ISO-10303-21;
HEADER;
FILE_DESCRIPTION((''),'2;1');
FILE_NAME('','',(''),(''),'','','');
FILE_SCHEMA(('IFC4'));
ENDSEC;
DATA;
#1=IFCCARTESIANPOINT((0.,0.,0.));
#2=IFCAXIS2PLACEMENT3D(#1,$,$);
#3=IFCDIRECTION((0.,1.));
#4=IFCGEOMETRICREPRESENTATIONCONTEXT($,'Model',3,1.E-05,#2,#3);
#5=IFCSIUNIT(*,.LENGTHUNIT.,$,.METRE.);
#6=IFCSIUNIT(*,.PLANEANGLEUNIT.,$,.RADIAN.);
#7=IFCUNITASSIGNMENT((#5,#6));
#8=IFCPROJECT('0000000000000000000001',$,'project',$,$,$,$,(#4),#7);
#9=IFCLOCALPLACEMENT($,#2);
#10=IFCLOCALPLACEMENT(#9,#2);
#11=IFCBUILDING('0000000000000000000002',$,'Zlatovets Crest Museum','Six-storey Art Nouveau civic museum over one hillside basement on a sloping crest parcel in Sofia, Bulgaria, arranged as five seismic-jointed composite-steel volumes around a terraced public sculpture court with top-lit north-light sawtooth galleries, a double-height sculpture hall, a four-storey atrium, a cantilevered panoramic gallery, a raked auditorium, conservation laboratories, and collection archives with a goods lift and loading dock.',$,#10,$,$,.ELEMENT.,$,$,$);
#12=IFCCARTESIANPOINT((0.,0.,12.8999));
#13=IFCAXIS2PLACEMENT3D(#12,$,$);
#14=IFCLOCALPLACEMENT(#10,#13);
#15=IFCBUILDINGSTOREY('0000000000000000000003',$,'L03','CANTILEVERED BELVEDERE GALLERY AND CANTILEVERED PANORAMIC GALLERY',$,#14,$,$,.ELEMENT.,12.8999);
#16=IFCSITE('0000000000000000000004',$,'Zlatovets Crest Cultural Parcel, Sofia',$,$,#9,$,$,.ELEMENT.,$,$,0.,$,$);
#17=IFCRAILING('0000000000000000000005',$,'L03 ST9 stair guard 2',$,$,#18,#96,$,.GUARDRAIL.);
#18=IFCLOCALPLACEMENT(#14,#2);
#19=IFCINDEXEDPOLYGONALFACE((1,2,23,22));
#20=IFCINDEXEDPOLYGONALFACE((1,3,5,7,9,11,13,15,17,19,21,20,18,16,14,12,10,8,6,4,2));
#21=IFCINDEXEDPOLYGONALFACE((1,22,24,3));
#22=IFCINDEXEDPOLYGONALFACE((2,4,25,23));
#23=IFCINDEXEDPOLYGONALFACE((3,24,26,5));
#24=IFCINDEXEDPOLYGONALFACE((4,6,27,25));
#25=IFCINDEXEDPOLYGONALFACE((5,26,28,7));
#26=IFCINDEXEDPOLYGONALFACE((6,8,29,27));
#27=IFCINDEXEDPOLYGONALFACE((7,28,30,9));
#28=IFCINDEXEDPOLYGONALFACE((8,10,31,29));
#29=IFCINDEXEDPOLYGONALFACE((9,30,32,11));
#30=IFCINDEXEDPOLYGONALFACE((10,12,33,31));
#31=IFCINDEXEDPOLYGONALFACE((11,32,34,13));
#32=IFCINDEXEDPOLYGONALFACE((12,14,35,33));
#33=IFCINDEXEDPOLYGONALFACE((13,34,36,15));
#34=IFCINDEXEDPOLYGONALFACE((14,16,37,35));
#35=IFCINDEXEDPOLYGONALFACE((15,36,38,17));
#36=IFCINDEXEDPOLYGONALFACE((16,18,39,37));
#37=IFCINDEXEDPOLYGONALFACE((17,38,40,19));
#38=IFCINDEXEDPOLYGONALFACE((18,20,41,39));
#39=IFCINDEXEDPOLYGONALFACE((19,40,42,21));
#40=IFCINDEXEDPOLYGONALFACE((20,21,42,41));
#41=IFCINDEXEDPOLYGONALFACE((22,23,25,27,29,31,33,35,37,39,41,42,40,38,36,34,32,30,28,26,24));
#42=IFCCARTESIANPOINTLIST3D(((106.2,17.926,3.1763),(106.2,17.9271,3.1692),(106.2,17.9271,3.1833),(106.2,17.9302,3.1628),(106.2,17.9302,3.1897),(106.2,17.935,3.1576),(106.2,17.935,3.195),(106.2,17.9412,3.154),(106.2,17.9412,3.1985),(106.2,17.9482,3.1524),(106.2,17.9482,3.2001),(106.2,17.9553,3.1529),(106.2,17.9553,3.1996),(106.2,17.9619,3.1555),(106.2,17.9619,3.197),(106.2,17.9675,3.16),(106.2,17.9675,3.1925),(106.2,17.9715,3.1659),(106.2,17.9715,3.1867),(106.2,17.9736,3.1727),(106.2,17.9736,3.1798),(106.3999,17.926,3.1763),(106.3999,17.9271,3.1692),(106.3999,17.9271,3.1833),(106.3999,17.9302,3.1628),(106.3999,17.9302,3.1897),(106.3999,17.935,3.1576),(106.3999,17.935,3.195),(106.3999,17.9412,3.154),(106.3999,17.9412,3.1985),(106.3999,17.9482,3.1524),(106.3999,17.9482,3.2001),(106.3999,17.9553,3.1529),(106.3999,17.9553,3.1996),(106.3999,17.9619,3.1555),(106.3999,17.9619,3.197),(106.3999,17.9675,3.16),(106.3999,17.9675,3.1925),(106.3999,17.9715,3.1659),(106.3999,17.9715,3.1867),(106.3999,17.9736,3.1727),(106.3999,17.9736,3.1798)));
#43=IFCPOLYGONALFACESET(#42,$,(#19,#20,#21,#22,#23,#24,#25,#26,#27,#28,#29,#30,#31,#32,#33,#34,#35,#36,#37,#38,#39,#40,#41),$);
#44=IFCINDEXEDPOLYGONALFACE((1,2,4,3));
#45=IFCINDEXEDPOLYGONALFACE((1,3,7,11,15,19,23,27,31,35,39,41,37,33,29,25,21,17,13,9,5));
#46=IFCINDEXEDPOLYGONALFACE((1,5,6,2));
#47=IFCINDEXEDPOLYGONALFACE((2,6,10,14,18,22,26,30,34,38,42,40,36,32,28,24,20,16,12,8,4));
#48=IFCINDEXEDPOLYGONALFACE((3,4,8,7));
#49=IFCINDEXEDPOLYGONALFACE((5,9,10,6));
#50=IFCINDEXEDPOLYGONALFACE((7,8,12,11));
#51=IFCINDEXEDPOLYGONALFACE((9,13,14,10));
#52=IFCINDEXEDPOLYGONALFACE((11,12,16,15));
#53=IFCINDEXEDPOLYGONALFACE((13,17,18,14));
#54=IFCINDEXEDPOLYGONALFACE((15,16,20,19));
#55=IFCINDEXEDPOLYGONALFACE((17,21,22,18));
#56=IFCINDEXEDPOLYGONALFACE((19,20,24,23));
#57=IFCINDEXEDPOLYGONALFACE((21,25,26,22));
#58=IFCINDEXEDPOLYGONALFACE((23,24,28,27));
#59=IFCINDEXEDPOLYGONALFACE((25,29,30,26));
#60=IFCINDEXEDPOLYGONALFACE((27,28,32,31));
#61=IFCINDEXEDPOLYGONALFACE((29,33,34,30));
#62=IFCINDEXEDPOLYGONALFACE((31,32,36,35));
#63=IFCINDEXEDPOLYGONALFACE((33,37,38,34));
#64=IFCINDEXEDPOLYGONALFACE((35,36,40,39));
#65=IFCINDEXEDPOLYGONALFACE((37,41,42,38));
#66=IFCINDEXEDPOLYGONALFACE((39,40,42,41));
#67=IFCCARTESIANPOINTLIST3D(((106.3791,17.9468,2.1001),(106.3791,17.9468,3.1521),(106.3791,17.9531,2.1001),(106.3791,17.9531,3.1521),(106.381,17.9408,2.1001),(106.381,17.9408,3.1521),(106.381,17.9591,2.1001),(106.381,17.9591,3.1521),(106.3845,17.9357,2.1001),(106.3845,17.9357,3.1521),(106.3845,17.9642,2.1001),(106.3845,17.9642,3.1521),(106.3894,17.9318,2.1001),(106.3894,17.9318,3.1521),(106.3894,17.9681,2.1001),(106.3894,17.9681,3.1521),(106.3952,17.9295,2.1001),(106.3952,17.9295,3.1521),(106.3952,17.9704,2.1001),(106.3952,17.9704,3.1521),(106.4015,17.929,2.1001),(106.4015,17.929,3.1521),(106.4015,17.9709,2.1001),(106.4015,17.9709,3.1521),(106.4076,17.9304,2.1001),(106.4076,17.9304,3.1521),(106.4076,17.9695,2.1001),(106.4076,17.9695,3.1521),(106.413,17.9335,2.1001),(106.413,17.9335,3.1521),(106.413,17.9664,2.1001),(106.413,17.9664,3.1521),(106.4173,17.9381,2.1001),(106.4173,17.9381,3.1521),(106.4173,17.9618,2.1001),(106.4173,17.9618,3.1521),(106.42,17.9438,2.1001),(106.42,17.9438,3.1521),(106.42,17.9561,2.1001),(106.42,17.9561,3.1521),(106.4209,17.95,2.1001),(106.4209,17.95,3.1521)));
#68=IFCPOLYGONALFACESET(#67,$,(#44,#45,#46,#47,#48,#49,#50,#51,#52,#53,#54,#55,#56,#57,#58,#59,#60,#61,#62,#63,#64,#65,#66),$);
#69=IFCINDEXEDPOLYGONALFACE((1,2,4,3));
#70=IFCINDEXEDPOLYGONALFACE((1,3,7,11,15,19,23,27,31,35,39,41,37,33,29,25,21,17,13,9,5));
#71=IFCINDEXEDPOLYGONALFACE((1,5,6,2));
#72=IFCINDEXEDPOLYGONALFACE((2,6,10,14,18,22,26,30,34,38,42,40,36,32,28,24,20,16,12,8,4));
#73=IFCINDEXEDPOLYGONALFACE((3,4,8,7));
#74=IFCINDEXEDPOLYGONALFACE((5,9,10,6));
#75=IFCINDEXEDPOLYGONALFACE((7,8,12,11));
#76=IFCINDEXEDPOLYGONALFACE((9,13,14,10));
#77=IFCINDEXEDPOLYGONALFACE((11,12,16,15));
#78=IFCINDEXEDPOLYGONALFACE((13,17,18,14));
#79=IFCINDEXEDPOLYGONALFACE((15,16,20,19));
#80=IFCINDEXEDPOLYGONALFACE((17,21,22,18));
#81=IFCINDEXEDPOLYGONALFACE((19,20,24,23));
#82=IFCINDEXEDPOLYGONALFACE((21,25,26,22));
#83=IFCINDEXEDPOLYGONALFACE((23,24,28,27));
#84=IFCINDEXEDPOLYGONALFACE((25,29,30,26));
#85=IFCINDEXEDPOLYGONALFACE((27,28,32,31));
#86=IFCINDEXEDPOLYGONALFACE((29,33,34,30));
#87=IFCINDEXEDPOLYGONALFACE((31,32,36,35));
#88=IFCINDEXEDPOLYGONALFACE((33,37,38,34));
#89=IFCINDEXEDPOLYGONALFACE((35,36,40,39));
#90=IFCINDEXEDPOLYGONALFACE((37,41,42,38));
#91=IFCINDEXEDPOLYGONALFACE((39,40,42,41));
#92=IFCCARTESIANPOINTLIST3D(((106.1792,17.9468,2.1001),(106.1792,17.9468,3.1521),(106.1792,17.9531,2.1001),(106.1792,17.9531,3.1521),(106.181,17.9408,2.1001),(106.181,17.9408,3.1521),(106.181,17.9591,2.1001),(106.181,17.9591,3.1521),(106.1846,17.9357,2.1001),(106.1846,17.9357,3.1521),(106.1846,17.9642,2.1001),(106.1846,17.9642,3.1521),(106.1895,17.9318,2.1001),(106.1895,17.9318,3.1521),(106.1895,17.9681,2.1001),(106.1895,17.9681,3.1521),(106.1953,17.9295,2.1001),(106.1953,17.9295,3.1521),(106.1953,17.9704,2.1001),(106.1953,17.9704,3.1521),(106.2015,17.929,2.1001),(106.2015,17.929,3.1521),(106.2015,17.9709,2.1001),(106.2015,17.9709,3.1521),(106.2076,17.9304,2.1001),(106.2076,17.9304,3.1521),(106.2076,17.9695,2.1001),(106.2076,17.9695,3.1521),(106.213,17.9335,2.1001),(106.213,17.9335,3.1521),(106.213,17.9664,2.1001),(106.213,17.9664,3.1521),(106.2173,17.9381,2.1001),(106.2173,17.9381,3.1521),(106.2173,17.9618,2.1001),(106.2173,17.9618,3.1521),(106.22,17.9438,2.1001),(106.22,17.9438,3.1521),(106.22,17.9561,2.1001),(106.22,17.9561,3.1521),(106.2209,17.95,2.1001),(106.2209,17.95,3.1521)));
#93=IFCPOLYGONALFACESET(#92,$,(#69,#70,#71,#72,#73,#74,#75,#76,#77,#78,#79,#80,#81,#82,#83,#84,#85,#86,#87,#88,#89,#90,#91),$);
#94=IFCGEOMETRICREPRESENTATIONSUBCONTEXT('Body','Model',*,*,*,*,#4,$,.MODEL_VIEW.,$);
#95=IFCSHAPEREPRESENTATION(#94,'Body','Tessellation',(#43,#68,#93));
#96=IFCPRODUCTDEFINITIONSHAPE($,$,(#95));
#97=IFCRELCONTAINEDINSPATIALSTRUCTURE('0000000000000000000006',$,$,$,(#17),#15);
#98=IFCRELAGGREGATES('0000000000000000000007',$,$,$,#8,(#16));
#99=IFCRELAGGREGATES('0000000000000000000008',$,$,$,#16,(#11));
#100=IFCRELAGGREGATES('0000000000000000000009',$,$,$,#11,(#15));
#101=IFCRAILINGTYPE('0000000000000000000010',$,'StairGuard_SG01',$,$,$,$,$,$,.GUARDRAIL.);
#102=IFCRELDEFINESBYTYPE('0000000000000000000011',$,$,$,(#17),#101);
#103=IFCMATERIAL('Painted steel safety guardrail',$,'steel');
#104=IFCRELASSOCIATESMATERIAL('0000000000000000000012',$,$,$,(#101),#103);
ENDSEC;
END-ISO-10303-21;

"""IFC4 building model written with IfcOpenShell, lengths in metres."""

from ifc_helpers import new_model, si_unit, direction, frame, origin, origin_2d, place, context, subcontext, project, spatial, circle, extrude, material, type_object, element, save


model = new_model("IFC4")

# Units and contexts
model_context = context("Model", 3, precision=1e-05, world=origin(), true_north=direction((0.0, 1.0)))
body_context = subcontext(model_context, "Body", "Model", "MODEL_VIEW")
ifc_project = project(units=[si_unit("LENGTHUNIT", "METRE"), si_unit("PLANEANGLEUNIT", "RADIAN")], contexts=[model_context])

# Site, building, storey
site_placement = place(None, origin())
site = spatial("IfcSite", under=ifc_project, at=site_placement, Name="Zlatovets Crest Cultural Parcel, Sofia", CompositionType="ELEMENT", RefElevation=0.0)
building_placement = place(site_placement, origin())
building = spatial("IfcBuilding", under=site, at=building_placement, Name="Zlatovets Crest Museum", Description="Six-storey Art Nouveau civic museum over one hillside basement on a sloping crest parcel in Sofia, Bulgaria, arranged as five seismic-jointed composite-steel volumes around a terraced public sculpture court with top-lit north-light sawtooth galleries, a double-height sculpture hall, a four-storey atrium, a cantilevered panoramic gallery, a raked auditorium, conservation laboratories, and collection archives with a goods lift and loading dock.", CompositionType="ELEMENT")
storey_placement = place(building_placement, frame((0.0, 0.0, 12.8999)))
storey = spatial("IfcBuildingStorey", under=building, at=storey_placement, Name="L03", Description="CANTILEVERED BELVEDERE GALLERY AND CANTILEVERED PANORAMIC GALLERY", CompositionType="ELEMENT", Elevation=12.8999)

# Railing
ifc_material_1 = material(Name="Painted steel safety guardrail", Category="steel")
railing_type_1 = type_object("IfcRailingType", Name="StairGuard_SG01", PredefinedType="GUARDRAIL", material=ifc_material_1)
railing_1_placement = place(storey_placement, frame((106.3999, 17.95, 2.1001)))
element("IfcRailing", 1, at=railing_1_placement, inside=storey, type_object=railing_type_1, Name="L03 ST9 stair guard 2", PredefinedType="GUARDRAIL", context=body_context, shape_type="SweptSolid", body=[
    extrude(circle(Radius=0.0239, at=origin_2d()), frame((0.0, 0.0, 1.0762), z_axis=(-1.0, 0.0, 0.0), x_axis=(0.0, -1.0, 0.0)), (0.0, 0.0, 1.0), 0.2),
    extrude(circle(Radius=0.021, at=origin_2d()), origin(), (0.0, 0.0, 1.0), 1.052),
    extrude(circle(Radius=0.021, at=origin_2d()), frame((-0.2, 0.0, 0.0)), (0.0, 0.0, 1.0), 1.052),
])

save(model, "model.ifc")
